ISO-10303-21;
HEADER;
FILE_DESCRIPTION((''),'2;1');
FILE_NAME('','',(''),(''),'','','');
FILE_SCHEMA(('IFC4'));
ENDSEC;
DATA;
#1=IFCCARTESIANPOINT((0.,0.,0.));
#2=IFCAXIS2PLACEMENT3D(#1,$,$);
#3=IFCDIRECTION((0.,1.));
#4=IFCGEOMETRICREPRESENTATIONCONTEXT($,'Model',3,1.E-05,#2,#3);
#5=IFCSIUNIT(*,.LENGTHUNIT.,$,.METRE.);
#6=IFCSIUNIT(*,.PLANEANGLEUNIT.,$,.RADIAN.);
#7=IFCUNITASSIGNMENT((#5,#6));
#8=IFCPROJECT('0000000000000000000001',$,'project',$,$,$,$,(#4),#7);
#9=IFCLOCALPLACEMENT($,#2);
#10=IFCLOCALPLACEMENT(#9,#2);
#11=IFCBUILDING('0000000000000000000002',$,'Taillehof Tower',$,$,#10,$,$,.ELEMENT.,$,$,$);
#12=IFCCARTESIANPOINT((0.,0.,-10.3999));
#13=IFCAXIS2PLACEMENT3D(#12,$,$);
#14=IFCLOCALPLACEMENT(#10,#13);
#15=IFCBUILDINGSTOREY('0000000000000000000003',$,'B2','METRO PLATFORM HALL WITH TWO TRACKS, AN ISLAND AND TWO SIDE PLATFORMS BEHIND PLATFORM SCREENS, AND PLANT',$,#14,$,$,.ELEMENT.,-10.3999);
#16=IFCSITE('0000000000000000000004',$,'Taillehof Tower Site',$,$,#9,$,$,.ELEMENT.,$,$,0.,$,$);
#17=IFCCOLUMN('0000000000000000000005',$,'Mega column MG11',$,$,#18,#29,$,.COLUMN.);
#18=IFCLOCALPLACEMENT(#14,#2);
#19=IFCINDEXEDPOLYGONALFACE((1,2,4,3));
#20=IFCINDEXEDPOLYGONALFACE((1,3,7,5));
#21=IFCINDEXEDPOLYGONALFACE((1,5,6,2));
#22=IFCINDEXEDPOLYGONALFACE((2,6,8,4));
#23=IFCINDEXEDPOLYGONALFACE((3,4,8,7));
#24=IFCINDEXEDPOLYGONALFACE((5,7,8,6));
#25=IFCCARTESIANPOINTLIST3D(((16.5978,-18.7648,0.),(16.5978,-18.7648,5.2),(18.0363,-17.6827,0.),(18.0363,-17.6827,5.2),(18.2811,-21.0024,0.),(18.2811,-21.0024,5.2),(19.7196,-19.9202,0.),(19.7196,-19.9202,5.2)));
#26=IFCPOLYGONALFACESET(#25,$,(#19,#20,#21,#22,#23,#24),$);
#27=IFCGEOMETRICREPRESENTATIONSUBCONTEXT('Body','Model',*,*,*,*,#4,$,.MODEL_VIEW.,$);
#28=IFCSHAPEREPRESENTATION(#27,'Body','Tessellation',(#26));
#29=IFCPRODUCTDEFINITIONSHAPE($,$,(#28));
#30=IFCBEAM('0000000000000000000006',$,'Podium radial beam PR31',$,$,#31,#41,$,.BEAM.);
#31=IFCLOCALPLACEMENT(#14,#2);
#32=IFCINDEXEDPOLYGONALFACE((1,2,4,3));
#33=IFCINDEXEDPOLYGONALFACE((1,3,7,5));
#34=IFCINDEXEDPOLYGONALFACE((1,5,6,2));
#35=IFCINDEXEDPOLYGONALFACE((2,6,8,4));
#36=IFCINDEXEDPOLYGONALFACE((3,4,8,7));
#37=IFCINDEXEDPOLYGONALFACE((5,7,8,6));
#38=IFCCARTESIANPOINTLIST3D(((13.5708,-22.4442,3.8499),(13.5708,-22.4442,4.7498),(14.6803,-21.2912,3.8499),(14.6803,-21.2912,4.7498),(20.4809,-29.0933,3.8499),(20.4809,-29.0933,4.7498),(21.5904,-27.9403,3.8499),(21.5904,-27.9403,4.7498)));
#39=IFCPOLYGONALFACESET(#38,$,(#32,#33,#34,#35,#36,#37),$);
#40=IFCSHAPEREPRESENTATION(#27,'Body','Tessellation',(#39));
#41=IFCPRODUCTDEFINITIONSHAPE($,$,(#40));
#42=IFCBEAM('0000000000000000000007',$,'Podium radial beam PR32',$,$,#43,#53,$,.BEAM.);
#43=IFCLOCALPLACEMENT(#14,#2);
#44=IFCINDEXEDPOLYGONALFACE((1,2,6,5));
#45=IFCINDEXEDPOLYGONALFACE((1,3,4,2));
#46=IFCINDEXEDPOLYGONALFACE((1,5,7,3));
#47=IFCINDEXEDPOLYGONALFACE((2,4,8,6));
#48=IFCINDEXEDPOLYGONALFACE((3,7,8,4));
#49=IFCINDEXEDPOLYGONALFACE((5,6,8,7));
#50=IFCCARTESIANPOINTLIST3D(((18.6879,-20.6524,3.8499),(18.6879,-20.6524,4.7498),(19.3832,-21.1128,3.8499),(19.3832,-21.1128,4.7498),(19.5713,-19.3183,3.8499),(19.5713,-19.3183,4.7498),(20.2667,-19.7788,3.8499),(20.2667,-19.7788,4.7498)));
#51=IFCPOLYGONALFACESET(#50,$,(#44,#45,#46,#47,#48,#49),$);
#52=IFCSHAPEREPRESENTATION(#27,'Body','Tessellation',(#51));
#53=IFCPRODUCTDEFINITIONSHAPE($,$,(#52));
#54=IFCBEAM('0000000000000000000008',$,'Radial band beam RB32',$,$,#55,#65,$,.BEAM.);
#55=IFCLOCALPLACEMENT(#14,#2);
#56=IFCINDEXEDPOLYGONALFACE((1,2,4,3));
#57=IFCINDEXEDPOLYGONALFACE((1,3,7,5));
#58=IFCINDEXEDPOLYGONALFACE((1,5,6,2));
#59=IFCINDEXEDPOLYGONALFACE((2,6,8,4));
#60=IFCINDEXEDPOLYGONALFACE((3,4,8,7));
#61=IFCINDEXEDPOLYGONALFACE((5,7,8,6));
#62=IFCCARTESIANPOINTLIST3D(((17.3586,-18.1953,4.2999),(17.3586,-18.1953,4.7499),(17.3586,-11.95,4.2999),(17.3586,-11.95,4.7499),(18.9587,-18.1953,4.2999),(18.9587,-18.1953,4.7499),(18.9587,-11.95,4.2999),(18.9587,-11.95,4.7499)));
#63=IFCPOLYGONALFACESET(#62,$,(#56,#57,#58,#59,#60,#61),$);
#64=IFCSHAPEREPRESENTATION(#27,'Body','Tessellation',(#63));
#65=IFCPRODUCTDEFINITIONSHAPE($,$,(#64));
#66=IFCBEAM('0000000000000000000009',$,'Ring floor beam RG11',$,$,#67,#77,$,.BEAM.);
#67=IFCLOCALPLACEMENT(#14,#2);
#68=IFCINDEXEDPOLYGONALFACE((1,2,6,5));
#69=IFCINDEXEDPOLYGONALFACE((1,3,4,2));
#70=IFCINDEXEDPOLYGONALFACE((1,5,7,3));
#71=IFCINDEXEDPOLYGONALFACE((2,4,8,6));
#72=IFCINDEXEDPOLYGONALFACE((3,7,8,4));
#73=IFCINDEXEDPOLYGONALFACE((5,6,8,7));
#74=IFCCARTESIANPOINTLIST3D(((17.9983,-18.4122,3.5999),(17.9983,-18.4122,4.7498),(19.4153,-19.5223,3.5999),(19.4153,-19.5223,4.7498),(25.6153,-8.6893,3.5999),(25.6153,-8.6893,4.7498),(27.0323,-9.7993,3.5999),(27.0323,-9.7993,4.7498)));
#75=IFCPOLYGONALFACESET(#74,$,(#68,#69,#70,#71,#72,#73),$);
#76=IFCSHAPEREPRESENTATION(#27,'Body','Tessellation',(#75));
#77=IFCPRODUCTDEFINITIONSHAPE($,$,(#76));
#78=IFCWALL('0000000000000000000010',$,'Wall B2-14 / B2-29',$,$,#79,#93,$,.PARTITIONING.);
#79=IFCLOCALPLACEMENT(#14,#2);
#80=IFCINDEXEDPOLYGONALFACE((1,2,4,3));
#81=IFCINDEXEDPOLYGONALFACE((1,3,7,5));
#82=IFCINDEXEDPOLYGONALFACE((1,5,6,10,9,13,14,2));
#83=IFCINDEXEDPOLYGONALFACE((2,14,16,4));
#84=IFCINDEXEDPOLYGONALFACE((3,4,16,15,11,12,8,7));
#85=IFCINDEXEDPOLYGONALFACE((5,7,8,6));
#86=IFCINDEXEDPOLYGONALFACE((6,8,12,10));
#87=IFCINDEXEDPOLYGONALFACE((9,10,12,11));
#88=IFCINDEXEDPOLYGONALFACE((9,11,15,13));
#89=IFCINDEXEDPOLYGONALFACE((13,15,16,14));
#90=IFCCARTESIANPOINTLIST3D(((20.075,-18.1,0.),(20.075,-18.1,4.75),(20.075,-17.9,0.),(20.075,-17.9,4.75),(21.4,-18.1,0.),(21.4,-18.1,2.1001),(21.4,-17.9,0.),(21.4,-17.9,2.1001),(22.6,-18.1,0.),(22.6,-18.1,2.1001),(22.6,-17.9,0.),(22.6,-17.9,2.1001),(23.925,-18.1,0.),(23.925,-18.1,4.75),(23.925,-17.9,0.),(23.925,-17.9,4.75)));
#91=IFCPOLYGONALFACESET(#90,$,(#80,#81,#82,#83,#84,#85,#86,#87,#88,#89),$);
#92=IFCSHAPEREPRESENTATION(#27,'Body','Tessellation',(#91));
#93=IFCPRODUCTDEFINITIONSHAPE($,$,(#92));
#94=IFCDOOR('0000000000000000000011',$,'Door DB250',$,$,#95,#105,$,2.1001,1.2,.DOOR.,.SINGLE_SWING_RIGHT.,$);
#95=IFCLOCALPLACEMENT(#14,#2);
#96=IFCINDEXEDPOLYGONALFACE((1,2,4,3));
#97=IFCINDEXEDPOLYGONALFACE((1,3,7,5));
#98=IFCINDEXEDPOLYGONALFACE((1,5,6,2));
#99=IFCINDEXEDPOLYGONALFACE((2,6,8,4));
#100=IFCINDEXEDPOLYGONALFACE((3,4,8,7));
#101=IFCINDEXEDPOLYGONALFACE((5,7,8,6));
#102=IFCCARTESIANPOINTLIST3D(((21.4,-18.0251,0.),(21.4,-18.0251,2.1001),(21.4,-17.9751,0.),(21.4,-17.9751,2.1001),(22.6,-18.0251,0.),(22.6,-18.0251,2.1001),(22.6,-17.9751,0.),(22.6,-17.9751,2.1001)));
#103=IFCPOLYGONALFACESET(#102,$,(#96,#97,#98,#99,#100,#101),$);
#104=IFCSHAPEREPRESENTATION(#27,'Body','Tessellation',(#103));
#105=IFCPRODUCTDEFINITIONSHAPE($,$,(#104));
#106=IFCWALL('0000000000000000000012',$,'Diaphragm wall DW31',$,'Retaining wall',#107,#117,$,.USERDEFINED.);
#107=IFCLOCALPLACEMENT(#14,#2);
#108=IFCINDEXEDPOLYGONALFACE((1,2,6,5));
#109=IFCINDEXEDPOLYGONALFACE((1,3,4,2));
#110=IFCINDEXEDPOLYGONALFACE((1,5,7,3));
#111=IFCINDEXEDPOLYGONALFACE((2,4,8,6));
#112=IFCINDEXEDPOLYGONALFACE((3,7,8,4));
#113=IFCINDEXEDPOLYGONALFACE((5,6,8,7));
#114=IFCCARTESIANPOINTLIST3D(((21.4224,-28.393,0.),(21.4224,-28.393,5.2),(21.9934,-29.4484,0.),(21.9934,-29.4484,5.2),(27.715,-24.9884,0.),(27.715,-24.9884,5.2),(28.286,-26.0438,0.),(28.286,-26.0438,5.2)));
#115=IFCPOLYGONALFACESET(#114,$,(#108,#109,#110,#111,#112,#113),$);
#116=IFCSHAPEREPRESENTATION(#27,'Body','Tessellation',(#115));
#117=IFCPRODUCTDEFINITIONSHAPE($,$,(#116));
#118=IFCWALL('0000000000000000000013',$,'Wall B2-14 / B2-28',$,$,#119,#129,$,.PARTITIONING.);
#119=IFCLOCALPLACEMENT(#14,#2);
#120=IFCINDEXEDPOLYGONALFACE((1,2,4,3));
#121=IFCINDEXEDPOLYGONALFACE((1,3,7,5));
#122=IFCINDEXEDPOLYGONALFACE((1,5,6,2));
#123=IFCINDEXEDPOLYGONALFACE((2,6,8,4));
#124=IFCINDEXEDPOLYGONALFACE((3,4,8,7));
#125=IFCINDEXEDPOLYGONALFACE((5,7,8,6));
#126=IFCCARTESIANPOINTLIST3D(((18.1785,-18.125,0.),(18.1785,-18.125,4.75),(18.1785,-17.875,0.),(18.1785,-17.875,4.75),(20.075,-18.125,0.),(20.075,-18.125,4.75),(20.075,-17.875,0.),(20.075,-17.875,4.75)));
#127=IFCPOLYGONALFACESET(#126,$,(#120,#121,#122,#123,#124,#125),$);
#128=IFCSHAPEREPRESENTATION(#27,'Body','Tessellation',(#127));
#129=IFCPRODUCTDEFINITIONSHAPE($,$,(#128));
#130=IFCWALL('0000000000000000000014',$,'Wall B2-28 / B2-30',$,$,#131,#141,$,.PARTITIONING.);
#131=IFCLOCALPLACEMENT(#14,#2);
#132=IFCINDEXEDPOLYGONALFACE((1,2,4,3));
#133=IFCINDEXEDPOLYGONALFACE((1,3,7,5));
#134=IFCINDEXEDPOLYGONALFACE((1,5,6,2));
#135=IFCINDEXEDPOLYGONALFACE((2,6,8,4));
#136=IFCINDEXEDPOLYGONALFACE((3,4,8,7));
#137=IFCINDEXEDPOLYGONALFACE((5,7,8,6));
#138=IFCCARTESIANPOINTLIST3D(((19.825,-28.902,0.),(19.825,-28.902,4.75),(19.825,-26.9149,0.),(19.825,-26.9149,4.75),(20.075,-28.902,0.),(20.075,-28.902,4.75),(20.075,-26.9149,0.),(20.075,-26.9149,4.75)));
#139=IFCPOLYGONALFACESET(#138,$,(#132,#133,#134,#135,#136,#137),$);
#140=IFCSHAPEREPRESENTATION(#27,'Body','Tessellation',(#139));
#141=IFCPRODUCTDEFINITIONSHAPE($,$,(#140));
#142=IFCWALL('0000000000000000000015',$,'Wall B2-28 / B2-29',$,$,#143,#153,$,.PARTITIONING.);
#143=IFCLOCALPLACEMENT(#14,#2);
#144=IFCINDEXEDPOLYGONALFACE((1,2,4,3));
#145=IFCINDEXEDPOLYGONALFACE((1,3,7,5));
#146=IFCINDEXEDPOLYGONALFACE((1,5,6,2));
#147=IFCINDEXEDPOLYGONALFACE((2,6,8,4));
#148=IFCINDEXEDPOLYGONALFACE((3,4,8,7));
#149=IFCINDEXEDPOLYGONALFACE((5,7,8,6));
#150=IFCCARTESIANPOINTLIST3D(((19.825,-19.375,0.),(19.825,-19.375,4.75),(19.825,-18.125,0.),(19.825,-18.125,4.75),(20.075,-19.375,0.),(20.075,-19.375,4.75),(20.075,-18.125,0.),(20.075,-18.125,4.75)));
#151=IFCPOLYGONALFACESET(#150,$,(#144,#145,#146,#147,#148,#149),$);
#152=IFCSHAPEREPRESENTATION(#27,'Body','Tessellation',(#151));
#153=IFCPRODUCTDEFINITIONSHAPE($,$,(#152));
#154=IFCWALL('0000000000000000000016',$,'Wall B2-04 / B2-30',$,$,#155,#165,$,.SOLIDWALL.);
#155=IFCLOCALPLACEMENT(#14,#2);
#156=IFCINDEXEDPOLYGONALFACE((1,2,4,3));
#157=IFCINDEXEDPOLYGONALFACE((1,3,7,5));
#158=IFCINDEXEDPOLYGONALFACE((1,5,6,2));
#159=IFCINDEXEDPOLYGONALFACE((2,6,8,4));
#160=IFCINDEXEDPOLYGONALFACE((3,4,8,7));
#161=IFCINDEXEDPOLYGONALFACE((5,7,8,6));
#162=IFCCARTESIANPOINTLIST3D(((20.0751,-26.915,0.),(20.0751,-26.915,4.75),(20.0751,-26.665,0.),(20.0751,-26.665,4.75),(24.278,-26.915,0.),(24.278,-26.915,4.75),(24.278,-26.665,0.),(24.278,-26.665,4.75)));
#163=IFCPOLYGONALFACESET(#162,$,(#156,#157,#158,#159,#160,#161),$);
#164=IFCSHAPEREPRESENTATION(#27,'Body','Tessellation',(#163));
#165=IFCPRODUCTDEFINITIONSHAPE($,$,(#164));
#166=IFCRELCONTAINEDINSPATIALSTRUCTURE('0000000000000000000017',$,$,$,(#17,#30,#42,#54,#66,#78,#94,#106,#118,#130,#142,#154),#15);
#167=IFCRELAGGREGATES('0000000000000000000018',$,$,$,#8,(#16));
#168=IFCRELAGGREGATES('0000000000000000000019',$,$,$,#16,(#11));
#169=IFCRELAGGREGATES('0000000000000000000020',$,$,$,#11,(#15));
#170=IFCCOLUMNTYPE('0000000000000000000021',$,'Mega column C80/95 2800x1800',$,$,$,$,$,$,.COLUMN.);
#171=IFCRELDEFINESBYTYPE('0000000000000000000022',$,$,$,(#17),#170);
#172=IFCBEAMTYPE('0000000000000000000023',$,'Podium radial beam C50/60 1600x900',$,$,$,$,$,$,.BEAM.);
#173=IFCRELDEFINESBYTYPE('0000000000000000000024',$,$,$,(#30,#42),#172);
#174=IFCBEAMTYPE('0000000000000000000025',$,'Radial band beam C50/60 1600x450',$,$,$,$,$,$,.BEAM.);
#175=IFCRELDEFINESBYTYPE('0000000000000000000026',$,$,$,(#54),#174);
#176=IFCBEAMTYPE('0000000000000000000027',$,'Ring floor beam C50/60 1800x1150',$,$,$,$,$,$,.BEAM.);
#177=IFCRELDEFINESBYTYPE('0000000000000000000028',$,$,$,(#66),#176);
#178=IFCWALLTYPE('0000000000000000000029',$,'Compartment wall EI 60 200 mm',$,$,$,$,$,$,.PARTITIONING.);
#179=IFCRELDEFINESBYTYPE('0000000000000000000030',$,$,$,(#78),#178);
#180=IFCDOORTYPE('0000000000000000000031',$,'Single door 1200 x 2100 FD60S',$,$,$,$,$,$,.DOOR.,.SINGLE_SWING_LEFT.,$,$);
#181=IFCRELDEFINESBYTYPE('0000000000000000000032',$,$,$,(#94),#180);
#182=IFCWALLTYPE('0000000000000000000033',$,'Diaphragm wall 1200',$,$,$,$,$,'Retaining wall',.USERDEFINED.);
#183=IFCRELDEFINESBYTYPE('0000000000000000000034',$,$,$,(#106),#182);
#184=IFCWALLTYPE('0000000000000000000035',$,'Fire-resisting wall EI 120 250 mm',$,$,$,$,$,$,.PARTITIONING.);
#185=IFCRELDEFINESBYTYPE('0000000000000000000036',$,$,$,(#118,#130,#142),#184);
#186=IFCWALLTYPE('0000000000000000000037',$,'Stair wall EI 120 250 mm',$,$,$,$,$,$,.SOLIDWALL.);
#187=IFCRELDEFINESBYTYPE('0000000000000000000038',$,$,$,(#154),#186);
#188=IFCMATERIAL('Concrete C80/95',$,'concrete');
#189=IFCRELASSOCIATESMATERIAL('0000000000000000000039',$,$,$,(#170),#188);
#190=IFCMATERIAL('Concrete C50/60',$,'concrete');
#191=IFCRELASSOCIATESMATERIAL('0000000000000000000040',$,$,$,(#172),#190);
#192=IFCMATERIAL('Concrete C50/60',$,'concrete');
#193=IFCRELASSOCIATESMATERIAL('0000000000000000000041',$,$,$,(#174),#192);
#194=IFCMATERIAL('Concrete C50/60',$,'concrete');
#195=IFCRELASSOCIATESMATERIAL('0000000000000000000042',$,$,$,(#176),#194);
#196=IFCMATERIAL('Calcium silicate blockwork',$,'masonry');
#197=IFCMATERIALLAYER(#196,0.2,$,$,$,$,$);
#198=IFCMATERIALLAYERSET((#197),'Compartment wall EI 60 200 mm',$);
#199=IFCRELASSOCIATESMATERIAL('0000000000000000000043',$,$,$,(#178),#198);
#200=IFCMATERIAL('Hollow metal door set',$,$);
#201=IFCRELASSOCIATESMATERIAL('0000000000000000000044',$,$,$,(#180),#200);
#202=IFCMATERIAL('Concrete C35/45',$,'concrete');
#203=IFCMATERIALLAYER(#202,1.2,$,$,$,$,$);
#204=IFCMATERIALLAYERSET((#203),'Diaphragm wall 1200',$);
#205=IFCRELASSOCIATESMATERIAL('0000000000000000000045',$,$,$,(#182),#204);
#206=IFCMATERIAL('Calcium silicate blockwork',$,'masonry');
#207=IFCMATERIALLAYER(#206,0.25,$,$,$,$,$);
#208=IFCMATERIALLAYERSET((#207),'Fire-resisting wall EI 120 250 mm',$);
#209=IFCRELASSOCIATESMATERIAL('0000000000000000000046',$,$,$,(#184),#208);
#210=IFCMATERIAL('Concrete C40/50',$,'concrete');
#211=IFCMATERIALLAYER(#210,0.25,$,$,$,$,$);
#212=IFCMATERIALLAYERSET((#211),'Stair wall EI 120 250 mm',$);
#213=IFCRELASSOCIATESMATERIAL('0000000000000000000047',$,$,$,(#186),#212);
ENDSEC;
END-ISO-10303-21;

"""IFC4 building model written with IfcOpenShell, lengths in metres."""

from ifc_helpers import new_model, si_unit, direction, frame, frame_2d, origin, origin_2d, place, context, subcontext, project, spatial, rectangle, extrude, material, layer, layer_set, material_profile, profile_set, type_object, element, fill, save


model = new_model("IFC4")

# Units and contexts
model_context = context("Model", 3, precision=1e-05, world=origin(), true_north=direction((0.0, 1.0)))
body_context = subcontext(model_context, "Body", "Model", "MODEL_VIEW")
ifc_project = project(units=[si_unit("LENGTHUNIT", "METRE"), si_unit("PLANEANGLEUNIT", "RADIAN")], contexts=[model_context])

# Site, building, storey
site_placement = place(None, origin())
site = spatial("IfcSite", under=ifc_project, at=site_placement, Name="Taillehof Tower Site", CompositionType="ELEMENT", RefElevation=0.0)
building_placement = place(site_placement, origin())
building = spatial("IfcBuilding", under=site, at=building_placement, Name="Taillehof Tower", CompositionType="ELEMENT")
storey_placement = place(building_placement, frame((0.0, 0.0, -10.3999)))
storey = spatial("IfcBuildingStorey", under=building, at=storey_placement, Name="B2", Description="METRO PLATFORM HALL WITH TWO TRACKS, AN ISLAND AND TWO SIDE PLATFORMS BEHIND PLATFORM SCREENS, AND PLANT", CompositionType="ELEMENT", Elevation=-10.3999)

# Column
ifc_material_1 = material(Name="Concrete C80/95", Category="concrete")
ifc_material_profile_1 = material_profile(ifc_material_1, rectangle(XDim=2.8, YDim=1.8, at=origin_2d()), Name="RC 2800x1800")
ifc_profile_set_1 = profile_set([ifc_material_profile_1], Name="Concrete C80/95")
column_type = type_object("IfcColumnType", Name="Mega column C80/95 2800x1800", PredefinedType="COLUMN", material=ifc_profile_set_1)
column_placement = place(storey_placement, frame((18.1587, -19.3425, 0.0), z_axis=(0.0, 0.0, 1.0), x_axis=(0.601174, -0.799118, 0.0)))
element("IfcColumn", 1, at=column_placement, inside=storey, type_object=column_type, Name="Mega column MG11", PredefinedType="COLUMN", context=body_context, shape_type="SweptSolid", body=[
    extrude(rectangle(XDim=2.8, YDim=1.8, at=origin_2d()), origin(), (0.0, 0.0, 1.0), 5.2),
])

# Beams
ifc_material_2 = material(Name="Concrete C50/60", Category="concrete")
ifc_material_profile_2 = material_profile(ifc_material_2, rectangle(XDim=1.6001, YDim=0.8999, at=origin_2d()), Name="RC 1600x900")
ifc_profile_set_2 = profile_set([ifc_material_profile_2], Name="Concrete C50/60")
beam_type_1 = type_object("IfcBeamType", Name="Podium radial beam C50/60 1600x900", PredefinedType="BEAM", material=ifc_profile_set_2)
beam_1_placement = place(storey_placement, frame((21.0356, -28.5168, 4.2998), z_axis=(-0.720584, 0.693368, 0.0), x_axis=(-0.693368, -0.720584, 0.0)))
element("IfcBeam", 2, at=beam_1_placement, inside=storey, type_object=beam_type_1, Name="Podium radial beam PR31", PredefinedType="BEAM", context=body_context, shape_type="SweptSolid", body=[
    extrude(rectangle(XDim=1.6001, YDim=0.8999, at=origin_2d()), origin(), (0.0, 0.0, 1.0), 9.5896),
])
beam_2_placement = place(storey_placement, frame((19.825, -20.4458, 4.2998), z_axis=(-0.833758, 0.55213, 0.0), x_axis=(-0.55213, -0.833758, 0.0)))
element("IfcBeam", 3, at=beam_2_placement, inside=storey, type_object=beam_type_1, Name="Podium radial beam PR32", PredefinedType="BEAM", context=body_context, shape_type="SweptSolid", body=[
    extrude(rectangle(XDim=1.6001, YDim=0.8999, at=origin_2d()), origin(), (0.0, 0.0, 1.0), 0.834),
])
ifc_material_3 = material(Name="Concrete C50/60", Category="concrete")
ifc_material_profile_3 = material_profile(ifc_material_3, rectangle(XDim=1.6001, YDim=0.45, at=origin_2d()), Name="RC 1600x450")
ifc_profile_set_3 = profile_set([ifc_material_profile_3], Name="Concrete C50/60")
beam_type_2 = type_object("IfcBeamType", Name="Radial band beam C50/60 1600x450", PredefinedType="BEAM", material=ifc_profile_set_3)
beam_3_placement = place(storey_placement, frame((18.1587, -18.1953, 4.5249), z_axis=(0.0, 1.0, 0.0), x_axis=(-1.0, 0.0, 0.0)))
element("IfcBeam", 4, at=beam_3_placement, inside=storey, type_object=beam_type_2, Name="Radial band beam RB32", PredefinedType="BEAM", context=body_context, shape_type="SweptSolid", body=[
    extrude(rectangle(XDim=1.6001, YDim=0.45, at=origin_2d()), origin(), (0.0, 0.0, 1.0), 6.2454),
])
ifc_material_4 = material(Name="Concrete C50/60", Category="concrete")
ifc_material_profile_4 = material_profile(ifc_material_4, rectangle(XDim=1.8, YDim=1.1499, at=origin_2d()), Name="RC 1800x1150")
ifc_profile_set_4 = profile_set([ifc_material_profile_4], Name="Concrete C50/60")
beam_type_3 = type_object("IfcBeamType", Name="Ring floor beam C50/60 1800x1150", PredefinedType="BEAM", material=ifc_profile_set_4)
beam_4_placement = place(storey_placement, frame((18.7068, -18.9673, 4.1748), z_axis=(0.616696, 0.787202, 0.0), x_axis=(-0.787202, 0.616696, 0.0)))
element("IfcBeam", 5, at=beam_4_placement, inside=storey, type_object=beam_type_3, Name="Ring floor beam RG11", PredefinedType="BEAM", context=body_context, shape_type="SweptSolid", body=[
    extrude(rectangle(XDim=1.8, YDim=1.1499, at=origin_2d()), origin(), (0.0, 0.0, 1.0), 12.3513),
])

# Wall, opening, door
ifc_material_5 = material(Name="Calcium silicate blockwork", Category="masonry")
ifc_layer_1 = layer(ifc_material_5, 0.2)
ifc_layer_set_1 = layer_set([ifc_layer_1], Name="Compartment wall EI 60 200 mm")
wall_type_1 = type_object("IfcWallType", Name="Compartment wall EI 60 200 mm", PredefinedType="PARTITIONING", material=ifc_layer_set_1)
wall_1_placement = place(storey_placement, frame((20.075, -18.0, 0.0), z_axis=(0.0, 0.0, 1.0), x_axis=(1.0, 0.0, 0.0)))
wall_1 = element("IfcWall", 6, at=wall_1_placement, inside=storey, type_object=wall_type_1, Name="Wall B2-14 / B2-29", PredefinedType="PARTITIONING", context=body_context, shape_type="SweptSolid", body=[
    extrude(rectangle(XDim=3.8501, YDim=0.2, at=frame_2d((1.925, 0.0))), origin(), (0.0, 0.0, 1.0), 4.75),
])
opening_1_placement = place(wall_1_placement, frame((1.325, 0.0, 0.0)))
opening_1 = element("IfcOpeningElement", 7, at=opening_1_placement, cuts=wall_1, PredefinedType="OPENING", context=body_context, shape_type="SweptSolid", body=[
    extrude(rectangle(XDim=1.2, YDim=2.1001, at=frame_2d((0.6001, 1.05))), frame((0.0, 0.1099, 0.0), z_axis=(0.0, -1.0, 0.0), x_axis=(1.0, 0.0, 0.0)), (0.0, 0.0, 1.0), 0.22),
])
ifc_material_6 = material(Name="Hollow metal door set")
door_type_1 = type_object("IfcDoorType", Name="Single door 1200 x 2100 FD60S", OperationType="SINGLE_SWING_LEFT", PredefinedType="DOOR", material=ifc_material_6)
door_1_placement = place(opening_1_placement, origin())
door_1 = element("IfcDoor", 8, at=door_1_placement, inside=storey, type_object=door_type_1, Name="Door DB250", OperationType="SINGLE_SWING_RIGHT", OverallHeight=2.1001, OverallWidth=1.2, PredefinedType="DOOR", context=body_context, shape_type="SweptSolid", body=[
    extrude(rectangle(XDim=1.2, YDim=2.1001, at=frame_2d((0.6001, 1.05))), frame((0.0, 0.0249, 0.0), z_axis=(0.0, -1.0, 0.0), x_axis=(1.0, 0.0, 0.0)), (0.0, 0.0, 1.0), 0.05),
])
fill(opening_1, door_1)

# Walls
ifc_material_7 = material(Name="Concrete C35/45", Category="concrete")
ifc_layer_2 = layer(ifc_material_7, 1.2)
ifc_layer_set_2 = layer_set([ifc_layer_2], Name="Diaphragm wall 1200")
wall_type_2 = type_object("IfcWallType", Name="Diaphragm wall 1200", ElementType="Retaining wall", PredefinedType="USERDEFINED", material=ifc_layer_set_2)
wall_2_placement = place(storey_placement, frame((21.708, -28.9207, 0.0), z_axis=(0.0, 0.0, 1.0), x_axis=(0.879519, 0.475863, 0.0)))
element("IfcWall", 9, at=wall_2_placement, inside=storey, type_object=wall_type_2, Name="Diaphragm wall DW31", ObjectType="Retaining wall", PredefinedType="USERDEFINED", context=body_context, shape_type="SweptSolid", body=[
    extrude(rectangle(XDim=7.1545, YDim=1.2, at=frame_2d((3.5771, 0.0))), origin(), (0.0, 0.0, 1.0), 5.2),
])
ifc_material_8 = material(Name="Calcium silicate blockwork", Category="masonry")
ifc_layer_3 = layer(ifc_material_8, 0.25)
ifc_layer_set_3 = layer_set([ifc_layer_3], Name="Fire-resisting wall EI 120 250 mm")
wall_type_3 = type_object("IfcWallType", Name="Fire-resisting wall EI 120 250 mm", PredefinedType="PARTITIONING", material=ifc_layer_set_3)
wall_3_placement = place(storey_placement, frame((18.1785, -18.0, 0.0), z_axis=(0.0, 0.0, 1.0), x_axis=(1.0, 0.0, 0.0)))
element("IfcWall", 10, at=wall_3_placement, inside=storey, type_object=wall_type_3, Name="Wall B2-14 / B2-28", PredefinedType="PARTITIONING", context=body_context, shape_type="SweptSolid", body=[
    extrude(rectangle(XDim=1.8965, YDim=0.25, at=frame_2d((0.9482, 0.0))), origin(), (0.0, 0.0, 1.0), 4.75),
])
wall_4_placement = place(storey_placement, frame((19.95, -28.9021, 0.0), z_axis=(0.0, 0.0, 1.0), x_axis=(0.0, 1.0, 0.0)))
element("IfcWall", 11, at=wall_4_placement, inside=storey, type_object=wall_type_3, Name="Wall B2-28 / B2-30", PredefinedType="PARTITIONING", context=body_context, shape_type="SweptSolid", body=[
    extrude(rectangle(XDim=1.9871, YDim=0.25, at=frame_2d((0.9937, 0.0))), origin(), (0.0, 0.0, 1.0), 4.75),
])
wall_5_placement = place(storey_placement, frame((19.95, -19.375, 0.0), z_axis=(0.0, 0.0, 1.0), x_axis=(0.0, 1.0, 0.0)))
element("IfcWall", 12, at=wall_5_placement, inside=storey, type_object=wall_type_3, Name="Wall B2-28 / B2-29", PredefinedType="PARTITIONING", context=body_context, shape_type="SweptSolid", body=[
    extrude(rectangle(XDim=1.25, YDim=0.25, at=frame_2d((0.625, 0.0))), origin(), (0.0, 0.0, 1.0), 4.75),
])
ifc_material_9 = material(Name="Concrete C40/50", Category="concrete")
ifc_layer_4 = layer(ifc_material_9, 0.25)
ifc_layer_set_4 = layer_set([ifc_layer_4], Name="Stair wall EI 120 250 mm")
wall_type_4 = type_object("IfcWallType", Name="Stair wall EI 120 250 mm", PredefinedType="SOLIDWALL", material=ifc_layer_set_4)
wall_6_placement = place(storey_placement, frame((20.075, -26.79, 0.0), z_axis=(0.0, 0.0, 1.0), x_axis=(1.0, 0.0, 0.0)))
element("IfcWall", 13, at=wall_6_placement, inside=storey, type_object=wall_type_4, Name="Wall B2-04 / B2-30", PredefinedType="SOLIDWALL", context=body_context, shape_type="SweptSolid", body=[
    extrude(rectangle(XDim=4.2029, YDim=0.25, at=frame_2d((2.1016, 0.0))), origin(), (0.0, 0.0, 1.0), 4.75),
])

save(model, "model.ifc")
